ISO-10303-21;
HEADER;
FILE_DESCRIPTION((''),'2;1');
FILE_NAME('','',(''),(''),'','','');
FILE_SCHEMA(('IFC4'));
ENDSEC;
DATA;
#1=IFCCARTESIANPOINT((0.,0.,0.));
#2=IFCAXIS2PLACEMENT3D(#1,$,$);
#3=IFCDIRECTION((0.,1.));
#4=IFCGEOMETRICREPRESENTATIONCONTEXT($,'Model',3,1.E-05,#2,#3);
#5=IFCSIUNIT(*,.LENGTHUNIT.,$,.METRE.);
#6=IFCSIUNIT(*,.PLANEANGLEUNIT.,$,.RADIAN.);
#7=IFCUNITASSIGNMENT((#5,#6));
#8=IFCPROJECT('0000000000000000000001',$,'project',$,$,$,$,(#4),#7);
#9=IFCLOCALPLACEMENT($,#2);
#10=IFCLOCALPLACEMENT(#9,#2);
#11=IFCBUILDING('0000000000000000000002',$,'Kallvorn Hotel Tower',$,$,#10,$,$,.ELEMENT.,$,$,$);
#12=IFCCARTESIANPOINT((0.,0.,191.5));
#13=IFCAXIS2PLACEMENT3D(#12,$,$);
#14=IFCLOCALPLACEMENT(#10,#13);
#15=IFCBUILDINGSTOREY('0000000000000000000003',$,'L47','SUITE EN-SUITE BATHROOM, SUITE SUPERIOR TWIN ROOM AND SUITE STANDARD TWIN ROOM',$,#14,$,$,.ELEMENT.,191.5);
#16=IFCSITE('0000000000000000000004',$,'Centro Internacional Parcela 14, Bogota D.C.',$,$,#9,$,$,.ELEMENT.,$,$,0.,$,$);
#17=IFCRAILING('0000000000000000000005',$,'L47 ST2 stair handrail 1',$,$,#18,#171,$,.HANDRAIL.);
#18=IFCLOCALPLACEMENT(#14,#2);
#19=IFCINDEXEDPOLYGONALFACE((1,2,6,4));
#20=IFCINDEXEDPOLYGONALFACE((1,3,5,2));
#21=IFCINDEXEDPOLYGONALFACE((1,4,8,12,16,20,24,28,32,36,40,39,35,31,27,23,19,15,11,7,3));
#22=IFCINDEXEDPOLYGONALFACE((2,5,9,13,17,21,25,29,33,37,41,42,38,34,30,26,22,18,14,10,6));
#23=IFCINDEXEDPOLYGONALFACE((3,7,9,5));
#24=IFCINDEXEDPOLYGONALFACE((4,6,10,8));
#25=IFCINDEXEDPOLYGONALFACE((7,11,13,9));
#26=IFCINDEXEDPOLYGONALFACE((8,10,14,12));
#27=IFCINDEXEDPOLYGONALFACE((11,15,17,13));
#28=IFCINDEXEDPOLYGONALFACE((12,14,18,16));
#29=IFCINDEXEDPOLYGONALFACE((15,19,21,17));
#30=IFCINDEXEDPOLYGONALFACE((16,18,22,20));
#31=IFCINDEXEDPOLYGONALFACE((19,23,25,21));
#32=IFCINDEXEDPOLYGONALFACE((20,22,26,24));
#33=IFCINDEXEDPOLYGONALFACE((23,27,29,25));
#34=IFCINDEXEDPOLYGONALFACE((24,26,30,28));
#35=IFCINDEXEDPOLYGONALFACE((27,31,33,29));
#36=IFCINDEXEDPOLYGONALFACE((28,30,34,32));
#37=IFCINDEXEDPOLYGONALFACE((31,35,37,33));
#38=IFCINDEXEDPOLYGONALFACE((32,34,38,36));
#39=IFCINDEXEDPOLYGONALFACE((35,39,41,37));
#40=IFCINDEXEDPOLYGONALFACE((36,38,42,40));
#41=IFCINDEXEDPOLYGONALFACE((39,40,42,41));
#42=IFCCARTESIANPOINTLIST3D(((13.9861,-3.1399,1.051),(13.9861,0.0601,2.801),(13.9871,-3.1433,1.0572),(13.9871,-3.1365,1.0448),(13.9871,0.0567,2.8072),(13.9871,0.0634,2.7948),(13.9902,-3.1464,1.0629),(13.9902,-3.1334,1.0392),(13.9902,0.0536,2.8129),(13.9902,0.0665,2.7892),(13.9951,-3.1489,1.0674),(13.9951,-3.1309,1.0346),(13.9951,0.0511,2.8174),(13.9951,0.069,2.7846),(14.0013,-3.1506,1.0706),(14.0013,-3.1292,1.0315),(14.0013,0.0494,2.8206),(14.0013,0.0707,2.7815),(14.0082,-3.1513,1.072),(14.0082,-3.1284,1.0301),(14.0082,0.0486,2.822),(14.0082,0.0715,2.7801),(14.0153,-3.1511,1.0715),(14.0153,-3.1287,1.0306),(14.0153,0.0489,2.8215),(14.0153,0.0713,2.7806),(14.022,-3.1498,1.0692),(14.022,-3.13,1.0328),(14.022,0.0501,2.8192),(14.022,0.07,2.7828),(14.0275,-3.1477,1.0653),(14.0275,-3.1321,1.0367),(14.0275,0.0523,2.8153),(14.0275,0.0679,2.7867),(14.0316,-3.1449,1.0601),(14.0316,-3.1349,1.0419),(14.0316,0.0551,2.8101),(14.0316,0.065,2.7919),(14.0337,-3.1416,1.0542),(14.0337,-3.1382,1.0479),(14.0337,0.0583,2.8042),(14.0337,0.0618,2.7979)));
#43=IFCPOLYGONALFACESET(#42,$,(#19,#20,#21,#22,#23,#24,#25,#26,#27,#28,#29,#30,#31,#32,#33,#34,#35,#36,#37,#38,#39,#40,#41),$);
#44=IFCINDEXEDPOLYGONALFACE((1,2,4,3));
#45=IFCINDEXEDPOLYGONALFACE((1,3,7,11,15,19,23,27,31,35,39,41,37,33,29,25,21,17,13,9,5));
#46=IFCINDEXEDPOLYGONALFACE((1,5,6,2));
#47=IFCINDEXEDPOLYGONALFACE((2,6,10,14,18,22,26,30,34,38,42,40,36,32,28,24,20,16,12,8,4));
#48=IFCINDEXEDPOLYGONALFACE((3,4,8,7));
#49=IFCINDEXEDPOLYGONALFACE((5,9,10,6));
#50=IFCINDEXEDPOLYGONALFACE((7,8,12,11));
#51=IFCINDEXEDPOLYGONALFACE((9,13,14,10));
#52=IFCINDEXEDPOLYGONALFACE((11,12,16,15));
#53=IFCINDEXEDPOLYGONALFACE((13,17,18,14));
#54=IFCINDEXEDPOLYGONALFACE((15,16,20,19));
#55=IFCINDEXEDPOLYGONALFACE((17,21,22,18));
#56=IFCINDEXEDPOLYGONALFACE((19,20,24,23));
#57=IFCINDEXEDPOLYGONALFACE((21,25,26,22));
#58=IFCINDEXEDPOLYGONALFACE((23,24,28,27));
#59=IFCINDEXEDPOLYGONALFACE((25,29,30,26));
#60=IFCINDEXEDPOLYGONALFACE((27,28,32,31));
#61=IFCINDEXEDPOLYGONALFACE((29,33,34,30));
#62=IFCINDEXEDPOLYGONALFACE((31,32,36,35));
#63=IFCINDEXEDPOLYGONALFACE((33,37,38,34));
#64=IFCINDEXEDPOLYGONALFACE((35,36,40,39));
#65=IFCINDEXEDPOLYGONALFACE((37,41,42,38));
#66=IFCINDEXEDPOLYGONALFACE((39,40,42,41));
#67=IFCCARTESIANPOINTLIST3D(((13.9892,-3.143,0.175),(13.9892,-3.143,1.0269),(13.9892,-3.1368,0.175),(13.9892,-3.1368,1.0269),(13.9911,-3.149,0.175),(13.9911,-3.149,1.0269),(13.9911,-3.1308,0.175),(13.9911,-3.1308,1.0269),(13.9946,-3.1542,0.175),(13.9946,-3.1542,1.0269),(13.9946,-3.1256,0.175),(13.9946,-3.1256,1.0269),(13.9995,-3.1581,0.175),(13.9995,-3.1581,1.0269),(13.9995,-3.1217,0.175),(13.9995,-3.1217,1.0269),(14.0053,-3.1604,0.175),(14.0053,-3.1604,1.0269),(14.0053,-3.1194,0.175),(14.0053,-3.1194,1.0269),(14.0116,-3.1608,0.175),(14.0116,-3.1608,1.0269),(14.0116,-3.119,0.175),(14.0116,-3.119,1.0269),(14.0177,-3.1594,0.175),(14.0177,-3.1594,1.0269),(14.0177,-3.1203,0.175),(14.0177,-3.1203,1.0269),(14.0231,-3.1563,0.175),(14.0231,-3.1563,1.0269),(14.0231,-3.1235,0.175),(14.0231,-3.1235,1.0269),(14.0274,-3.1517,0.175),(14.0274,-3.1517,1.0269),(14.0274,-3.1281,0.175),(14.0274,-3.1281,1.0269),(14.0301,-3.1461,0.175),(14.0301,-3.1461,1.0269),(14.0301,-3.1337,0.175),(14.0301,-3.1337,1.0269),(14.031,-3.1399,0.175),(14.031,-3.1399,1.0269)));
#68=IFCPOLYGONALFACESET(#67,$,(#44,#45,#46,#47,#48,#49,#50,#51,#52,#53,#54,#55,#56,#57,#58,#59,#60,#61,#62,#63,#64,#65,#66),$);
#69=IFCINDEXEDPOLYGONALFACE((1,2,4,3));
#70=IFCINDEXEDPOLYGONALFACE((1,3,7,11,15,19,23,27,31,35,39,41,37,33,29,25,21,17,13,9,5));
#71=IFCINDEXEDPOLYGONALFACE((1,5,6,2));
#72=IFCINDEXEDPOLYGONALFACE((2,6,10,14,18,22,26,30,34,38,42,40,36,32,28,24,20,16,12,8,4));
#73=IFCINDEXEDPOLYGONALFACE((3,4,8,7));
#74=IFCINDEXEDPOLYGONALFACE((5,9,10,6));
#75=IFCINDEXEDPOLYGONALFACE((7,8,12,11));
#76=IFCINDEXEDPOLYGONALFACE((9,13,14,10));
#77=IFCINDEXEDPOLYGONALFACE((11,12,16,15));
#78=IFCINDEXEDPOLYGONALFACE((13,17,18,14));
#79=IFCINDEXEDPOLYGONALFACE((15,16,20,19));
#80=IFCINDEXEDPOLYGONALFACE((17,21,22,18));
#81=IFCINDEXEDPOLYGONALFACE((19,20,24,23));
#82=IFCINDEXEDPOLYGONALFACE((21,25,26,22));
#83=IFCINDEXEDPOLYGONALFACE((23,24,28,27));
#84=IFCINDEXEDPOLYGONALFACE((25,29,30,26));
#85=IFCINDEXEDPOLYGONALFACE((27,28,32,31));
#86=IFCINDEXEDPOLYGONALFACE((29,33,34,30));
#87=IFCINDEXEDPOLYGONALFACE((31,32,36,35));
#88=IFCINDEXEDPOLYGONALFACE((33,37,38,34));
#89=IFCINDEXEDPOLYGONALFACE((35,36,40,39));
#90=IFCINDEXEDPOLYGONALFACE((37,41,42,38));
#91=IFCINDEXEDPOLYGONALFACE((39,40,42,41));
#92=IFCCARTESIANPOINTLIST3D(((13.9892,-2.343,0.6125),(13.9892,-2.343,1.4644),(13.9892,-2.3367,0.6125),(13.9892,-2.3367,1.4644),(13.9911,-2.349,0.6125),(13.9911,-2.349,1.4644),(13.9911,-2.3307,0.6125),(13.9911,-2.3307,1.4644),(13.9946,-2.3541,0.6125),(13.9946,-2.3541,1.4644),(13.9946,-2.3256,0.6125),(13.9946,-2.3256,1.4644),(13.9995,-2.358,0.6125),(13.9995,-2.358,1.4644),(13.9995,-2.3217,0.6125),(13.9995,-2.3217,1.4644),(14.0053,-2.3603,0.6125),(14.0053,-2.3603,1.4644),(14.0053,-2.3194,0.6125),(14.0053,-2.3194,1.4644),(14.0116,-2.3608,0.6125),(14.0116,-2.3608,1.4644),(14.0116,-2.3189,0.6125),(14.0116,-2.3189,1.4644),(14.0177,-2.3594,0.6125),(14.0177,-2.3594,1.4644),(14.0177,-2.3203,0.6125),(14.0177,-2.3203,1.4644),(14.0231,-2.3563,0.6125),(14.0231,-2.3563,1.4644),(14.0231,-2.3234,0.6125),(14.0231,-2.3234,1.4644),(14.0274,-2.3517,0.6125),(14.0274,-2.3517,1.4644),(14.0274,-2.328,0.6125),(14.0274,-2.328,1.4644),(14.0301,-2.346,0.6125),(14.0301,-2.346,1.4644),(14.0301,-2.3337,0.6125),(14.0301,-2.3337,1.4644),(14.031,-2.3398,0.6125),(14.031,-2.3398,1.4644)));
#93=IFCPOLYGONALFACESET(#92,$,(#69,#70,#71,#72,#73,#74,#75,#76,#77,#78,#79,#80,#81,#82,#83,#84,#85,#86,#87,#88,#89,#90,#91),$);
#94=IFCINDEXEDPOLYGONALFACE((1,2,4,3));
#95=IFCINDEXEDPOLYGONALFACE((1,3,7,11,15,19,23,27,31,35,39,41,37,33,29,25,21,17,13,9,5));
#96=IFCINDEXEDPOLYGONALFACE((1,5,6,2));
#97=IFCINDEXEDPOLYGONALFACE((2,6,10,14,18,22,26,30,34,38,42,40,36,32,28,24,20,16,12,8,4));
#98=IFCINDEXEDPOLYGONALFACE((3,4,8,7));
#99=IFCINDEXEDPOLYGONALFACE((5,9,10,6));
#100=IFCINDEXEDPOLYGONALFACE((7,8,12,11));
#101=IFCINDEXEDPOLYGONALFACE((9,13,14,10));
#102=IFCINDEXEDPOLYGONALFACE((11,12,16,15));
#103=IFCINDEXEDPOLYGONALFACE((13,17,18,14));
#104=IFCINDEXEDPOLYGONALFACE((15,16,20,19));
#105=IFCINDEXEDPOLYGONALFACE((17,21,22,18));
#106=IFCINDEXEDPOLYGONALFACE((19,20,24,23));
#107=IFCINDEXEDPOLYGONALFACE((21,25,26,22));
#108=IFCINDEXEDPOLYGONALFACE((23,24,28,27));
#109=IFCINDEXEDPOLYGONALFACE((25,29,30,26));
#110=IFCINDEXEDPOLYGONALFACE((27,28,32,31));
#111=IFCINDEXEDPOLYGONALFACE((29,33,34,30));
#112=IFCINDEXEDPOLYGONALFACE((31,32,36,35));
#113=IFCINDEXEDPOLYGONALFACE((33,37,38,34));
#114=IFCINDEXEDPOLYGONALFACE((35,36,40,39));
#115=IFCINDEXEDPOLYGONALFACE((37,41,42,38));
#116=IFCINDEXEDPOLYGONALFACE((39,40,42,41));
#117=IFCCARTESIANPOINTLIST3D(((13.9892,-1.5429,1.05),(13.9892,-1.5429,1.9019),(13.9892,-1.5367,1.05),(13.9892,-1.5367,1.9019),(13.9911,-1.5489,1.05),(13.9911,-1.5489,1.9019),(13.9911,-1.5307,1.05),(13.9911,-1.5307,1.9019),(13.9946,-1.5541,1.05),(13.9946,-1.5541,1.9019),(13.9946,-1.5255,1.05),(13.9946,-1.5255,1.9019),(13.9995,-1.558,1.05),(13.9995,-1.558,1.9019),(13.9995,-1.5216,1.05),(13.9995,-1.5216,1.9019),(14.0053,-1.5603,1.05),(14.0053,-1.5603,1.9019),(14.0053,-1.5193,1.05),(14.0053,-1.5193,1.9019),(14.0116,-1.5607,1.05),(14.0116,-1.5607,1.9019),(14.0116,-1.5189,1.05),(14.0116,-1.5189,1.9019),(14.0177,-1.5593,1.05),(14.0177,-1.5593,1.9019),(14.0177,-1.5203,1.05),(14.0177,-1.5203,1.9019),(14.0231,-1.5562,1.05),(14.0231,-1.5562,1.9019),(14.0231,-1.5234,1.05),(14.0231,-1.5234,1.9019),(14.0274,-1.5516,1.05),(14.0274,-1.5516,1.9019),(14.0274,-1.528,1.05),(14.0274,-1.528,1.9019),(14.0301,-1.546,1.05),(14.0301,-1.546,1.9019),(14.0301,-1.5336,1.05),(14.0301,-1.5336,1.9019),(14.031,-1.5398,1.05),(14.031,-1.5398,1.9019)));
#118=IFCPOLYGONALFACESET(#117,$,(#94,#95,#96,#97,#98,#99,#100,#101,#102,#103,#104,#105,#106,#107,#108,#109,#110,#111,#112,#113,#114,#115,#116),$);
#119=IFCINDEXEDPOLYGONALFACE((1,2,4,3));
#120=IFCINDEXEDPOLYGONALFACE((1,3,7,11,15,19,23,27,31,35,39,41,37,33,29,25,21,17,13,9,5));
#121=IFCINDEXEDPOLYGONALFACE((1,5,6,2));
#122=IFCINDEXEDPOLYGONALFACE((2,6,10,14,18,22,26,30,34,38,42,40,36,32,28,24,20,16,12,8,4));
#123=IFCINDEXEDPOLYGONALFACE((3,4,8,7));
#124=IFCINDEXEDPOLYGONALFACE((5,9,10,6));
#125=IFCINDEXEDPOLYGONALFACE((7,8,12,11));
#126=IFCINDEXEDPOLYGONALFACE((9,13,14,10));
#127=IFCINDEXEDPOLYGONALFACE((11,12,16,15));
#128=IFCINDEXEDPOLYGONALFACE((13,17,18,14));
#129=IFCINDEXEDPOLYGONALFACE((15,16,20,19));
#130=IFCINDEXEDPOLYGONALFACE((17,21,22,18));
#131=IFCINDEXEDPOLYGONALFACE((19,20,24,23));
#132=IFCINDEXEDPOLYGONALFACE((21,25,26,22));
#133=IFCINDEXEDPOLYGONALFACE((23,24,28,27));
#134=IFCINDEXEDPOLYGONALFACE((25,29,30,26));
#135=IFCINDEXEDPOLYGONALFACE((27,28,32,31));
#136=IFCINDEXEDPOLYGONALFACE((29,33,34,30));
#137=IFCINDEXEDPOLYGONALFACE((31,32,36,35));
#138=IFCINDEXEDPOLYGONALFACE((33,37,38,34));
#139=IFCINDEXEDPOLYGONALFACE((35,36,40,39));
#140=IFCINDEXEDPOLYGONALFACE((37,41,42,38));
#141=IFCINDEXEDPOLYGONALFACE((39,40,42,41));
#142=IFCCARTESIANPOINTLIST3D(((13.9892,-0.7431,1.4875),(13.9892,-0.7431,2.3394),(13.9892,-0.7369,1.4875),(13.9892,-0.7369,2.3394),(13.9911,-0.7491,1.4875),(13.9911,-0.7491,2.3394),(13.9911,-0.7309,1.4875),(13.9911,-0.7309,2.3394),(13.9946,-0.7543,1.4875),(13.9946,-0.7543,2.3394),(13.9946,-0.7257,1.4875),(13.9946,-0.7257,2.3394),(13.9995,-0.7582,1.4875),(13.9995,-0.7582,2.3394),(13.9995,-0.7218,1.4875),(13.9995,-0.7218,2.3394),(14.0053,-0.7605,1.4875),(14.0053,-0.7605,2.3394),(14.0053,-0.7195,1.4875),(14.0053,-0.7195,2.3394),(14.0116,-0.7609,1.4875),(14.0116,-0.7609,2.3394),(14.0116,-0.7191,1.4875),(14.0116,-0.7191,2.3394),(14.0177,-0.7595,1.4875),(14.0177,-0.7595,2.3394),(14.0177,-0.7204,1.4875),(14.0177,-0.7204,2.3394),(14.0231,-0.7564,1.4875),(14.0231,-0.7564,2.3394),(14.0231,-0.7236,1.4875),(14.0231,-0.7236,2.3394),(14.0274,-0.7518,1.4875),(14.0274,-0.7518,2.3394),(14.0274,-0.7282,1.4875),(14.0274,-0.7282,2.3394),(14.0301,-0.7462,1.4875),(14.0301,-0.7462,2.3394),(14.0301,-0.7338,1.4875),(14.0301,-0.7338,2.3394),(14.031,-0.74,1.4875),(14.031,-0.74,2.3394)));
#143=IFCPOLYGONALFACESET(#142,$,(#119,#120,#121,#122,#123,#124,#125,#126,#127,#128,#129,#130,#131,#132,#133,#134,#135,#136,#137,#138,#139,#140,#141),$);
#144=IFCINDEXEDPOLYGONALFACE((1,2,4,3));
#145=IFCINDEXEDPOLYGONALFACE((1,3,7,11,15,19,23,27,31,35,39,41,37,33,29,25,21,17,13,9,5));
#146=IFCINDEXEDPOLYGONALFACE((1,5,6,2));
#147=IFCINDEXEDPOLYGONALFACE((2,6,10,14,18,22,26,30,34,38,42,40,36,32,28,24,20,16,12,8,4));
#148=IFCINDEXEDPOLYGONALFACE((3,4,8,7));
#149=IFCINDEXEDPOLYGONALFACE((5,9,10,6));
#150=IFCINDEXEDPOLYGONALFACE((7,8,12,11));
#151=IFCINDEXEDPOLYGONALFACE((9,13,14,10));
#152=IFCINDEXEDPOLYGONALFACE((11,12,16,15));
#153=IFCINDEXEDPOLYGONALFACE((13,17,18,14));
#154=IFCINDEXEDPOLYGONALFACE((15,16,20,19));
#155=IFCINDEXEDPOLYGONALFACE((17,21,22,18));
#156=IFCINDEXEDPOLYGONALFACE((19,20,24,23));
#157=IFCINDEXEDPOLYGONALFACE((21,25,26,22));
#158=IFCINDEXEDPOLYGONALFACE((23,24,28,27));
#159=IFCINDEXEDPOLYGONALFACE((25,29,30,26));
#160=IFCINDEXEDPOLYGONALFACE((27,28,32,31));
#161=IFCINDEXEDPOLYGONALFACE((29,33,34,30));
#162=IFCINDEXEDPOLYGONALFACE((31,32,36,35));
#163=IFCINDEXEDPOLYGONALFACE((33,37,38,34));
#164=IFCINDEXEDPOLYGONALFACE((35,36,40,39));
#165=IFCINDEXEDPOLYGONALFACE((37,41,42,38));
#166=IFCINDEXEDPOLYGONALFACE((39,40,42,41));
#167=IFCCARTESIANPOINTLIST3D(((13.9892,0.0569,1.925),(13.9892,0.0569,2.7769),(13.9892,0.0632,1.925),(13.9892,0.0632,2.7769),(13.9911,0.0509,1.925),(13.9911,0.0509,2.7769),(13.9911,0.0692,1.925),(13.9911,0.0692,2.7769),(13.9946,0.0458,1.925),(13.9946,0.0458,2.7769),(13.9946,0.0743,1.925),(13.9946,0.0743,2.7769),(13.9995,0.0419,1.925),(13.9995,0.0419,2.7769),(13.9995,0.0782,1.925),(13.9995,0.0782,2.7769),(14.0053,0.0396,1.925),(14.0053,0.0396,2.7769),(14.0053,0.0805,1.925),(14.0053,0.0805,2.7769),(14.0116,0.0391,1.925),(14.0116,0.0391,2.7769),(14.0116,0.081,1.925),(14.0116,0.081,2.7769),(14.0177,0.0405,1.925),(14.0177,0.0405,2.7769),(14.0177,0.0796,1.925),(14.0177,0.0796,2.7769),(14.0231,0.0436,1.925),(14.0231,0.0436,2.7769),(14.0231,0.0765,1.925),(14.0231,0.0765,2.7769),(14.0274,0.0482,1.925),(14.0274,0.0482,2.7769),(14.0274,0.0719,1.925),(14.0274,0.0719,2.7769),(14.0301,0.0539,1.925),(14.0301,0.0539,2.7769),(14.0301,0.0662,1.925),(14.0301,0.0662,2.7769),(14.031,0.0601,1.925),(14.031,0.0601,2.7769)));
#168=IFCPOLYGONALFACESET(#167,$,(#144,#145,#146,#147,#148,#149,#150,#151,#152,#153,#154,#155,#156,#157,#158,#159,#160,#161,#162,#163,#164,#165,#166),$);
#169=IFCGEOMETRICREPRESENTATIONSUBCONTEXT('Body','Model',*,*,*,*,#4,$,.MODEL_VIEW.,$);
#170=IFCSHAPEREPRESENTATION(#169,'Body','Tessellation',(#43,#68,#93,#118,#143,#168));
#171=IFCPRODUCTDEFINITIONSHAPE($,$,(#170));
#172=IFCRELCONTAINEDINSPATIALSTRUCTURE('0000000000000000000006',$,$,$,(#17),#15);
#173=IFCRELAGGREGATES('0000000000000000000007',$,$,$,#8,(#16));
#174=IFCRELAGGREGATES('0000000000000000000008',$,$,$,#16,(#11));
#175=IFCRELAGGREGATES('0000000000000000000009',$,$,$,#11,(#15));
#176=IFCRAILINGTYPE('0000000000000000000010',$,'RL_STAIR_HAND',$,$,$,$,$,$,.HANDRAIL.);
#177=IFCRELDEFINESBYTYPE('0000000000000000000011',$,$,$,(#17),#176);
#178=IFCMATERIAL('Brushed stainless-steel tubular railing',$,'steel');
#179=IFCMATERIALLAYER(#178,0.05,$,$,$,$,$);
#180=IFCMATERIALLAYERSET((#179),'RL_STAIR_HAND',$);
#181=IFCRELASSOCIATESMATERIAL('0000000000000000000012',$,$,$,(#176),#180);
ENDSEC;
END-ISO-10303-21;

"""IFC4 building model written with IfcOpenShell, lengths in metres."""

from ifc_helpers import new_model, si_unit, direction, frame, origin, origin_2d, place, context, subcontext, project, spatial, circle, extrude, material, layer, layer_set, type_object, element, save


model = new_model("IFC4")

# Units and contexts
model_context = context("Model", 3, precision=1e-05, world=origin(), true_north=direction((0.0, 1.0)))
body_context = subcontext(model_context, "Body", "Model", "MODEL_VIEW")
ifc_project = project(units=[si_unit("LENGTHUNIT", "METRE"), si_unit("PLANEANGLEUNIT", "RADIAN")], contexts=[model_context])

# Site, building, storey
site_placement = place(None, origin())
site = spatial("IfcSite", under=ifc_project, at=site_placement, Name="Centro Internacional Parcela 14, Bogota D.C.", CompositionType="ELEMENT", RefElevation=0.0)
building_placement = place(site_placement, origin())
building = spatial("IfcBuilding", under=site, at=building_placement, Name="Kallvorn Hotel Tower", CompositionType="ELEMENT")
storey_placement = place(building_placement, frame((0.0, 0.0, 191.5)))
storey = spatial("IfcBuildingStorey", under=building, at=storey_placement, Name="L47", Description="SUITE EN-SUITE BATHROOM, SUITE SUPERIOR TWIN ROOM AND SUITE STANDARD TWIN ROOM", CompositionType="ELEMENT", Elevation=191.5)

# Railing
ifc_material_1 = material(Name="Brushed stainless-steel tubular railing", Category="steel")
ifc_layer_1 = layer(ifc_material_1, 0.05)
ifc_layer_set_1 = layer_set([ifc_layer_1], Name="RL_STAIR_HAND")
railing_type_1 = type_object("IfcRailingType", Name="RL_STAIR_HAND", PredefinedType="HANDRAIL", material=ifc_layer_set_1)
railing_1_placement = place(storey_placement, frame((14.01, -3.1399, 0.175)))
element("IfcRailing", 1, at=railing_1_placement, inside=storey, type_object=railing_type_1, Name="L47 ST2 stair handrail 1", PredefinedType="HANDRAIL", context=body_context, shape_type="SweptSolid", body=[
    extrude(circle(Radius=0.0239, at=origin_2d()), frame((0.0, 0.0, 0.876), z_axis=(0.0, 0.877368, 0.479818), x_axis=(-1.0, 0.0, 0.0)), (0.0, 0.0, 1.0), 3.6472),
    extrude(circle(Radius=0.021, at=origin_2d()), origin(), (0.0, 0.0, 1.0), 0.8518),
    extrude(circle(Radius=0.021, at=origin_2d()), frame((0.0, 0.8, 0.4375)), (0.0, 0.0, 1.0), 0.8518),
    extrude(circle(Radius=0.021, at=origin_2d()), frame((0.0, 1.6001, 0.875)), (0.0, 0.0, 1.0), 0.8518),
    extrude(circle(Radius=0.021, at=origin_2d()), frame((0.0, 2.3999, 1.3125)), (0.0, 0.0, 1.0), 0.8518),
    extrude(circle(Radius=0.021, at=origin_2d()), frame((0.0, 3.2, 1.75)), (0.0, 0.0, 1.0), 0.8518),
])

save(model, "model.ifc")
